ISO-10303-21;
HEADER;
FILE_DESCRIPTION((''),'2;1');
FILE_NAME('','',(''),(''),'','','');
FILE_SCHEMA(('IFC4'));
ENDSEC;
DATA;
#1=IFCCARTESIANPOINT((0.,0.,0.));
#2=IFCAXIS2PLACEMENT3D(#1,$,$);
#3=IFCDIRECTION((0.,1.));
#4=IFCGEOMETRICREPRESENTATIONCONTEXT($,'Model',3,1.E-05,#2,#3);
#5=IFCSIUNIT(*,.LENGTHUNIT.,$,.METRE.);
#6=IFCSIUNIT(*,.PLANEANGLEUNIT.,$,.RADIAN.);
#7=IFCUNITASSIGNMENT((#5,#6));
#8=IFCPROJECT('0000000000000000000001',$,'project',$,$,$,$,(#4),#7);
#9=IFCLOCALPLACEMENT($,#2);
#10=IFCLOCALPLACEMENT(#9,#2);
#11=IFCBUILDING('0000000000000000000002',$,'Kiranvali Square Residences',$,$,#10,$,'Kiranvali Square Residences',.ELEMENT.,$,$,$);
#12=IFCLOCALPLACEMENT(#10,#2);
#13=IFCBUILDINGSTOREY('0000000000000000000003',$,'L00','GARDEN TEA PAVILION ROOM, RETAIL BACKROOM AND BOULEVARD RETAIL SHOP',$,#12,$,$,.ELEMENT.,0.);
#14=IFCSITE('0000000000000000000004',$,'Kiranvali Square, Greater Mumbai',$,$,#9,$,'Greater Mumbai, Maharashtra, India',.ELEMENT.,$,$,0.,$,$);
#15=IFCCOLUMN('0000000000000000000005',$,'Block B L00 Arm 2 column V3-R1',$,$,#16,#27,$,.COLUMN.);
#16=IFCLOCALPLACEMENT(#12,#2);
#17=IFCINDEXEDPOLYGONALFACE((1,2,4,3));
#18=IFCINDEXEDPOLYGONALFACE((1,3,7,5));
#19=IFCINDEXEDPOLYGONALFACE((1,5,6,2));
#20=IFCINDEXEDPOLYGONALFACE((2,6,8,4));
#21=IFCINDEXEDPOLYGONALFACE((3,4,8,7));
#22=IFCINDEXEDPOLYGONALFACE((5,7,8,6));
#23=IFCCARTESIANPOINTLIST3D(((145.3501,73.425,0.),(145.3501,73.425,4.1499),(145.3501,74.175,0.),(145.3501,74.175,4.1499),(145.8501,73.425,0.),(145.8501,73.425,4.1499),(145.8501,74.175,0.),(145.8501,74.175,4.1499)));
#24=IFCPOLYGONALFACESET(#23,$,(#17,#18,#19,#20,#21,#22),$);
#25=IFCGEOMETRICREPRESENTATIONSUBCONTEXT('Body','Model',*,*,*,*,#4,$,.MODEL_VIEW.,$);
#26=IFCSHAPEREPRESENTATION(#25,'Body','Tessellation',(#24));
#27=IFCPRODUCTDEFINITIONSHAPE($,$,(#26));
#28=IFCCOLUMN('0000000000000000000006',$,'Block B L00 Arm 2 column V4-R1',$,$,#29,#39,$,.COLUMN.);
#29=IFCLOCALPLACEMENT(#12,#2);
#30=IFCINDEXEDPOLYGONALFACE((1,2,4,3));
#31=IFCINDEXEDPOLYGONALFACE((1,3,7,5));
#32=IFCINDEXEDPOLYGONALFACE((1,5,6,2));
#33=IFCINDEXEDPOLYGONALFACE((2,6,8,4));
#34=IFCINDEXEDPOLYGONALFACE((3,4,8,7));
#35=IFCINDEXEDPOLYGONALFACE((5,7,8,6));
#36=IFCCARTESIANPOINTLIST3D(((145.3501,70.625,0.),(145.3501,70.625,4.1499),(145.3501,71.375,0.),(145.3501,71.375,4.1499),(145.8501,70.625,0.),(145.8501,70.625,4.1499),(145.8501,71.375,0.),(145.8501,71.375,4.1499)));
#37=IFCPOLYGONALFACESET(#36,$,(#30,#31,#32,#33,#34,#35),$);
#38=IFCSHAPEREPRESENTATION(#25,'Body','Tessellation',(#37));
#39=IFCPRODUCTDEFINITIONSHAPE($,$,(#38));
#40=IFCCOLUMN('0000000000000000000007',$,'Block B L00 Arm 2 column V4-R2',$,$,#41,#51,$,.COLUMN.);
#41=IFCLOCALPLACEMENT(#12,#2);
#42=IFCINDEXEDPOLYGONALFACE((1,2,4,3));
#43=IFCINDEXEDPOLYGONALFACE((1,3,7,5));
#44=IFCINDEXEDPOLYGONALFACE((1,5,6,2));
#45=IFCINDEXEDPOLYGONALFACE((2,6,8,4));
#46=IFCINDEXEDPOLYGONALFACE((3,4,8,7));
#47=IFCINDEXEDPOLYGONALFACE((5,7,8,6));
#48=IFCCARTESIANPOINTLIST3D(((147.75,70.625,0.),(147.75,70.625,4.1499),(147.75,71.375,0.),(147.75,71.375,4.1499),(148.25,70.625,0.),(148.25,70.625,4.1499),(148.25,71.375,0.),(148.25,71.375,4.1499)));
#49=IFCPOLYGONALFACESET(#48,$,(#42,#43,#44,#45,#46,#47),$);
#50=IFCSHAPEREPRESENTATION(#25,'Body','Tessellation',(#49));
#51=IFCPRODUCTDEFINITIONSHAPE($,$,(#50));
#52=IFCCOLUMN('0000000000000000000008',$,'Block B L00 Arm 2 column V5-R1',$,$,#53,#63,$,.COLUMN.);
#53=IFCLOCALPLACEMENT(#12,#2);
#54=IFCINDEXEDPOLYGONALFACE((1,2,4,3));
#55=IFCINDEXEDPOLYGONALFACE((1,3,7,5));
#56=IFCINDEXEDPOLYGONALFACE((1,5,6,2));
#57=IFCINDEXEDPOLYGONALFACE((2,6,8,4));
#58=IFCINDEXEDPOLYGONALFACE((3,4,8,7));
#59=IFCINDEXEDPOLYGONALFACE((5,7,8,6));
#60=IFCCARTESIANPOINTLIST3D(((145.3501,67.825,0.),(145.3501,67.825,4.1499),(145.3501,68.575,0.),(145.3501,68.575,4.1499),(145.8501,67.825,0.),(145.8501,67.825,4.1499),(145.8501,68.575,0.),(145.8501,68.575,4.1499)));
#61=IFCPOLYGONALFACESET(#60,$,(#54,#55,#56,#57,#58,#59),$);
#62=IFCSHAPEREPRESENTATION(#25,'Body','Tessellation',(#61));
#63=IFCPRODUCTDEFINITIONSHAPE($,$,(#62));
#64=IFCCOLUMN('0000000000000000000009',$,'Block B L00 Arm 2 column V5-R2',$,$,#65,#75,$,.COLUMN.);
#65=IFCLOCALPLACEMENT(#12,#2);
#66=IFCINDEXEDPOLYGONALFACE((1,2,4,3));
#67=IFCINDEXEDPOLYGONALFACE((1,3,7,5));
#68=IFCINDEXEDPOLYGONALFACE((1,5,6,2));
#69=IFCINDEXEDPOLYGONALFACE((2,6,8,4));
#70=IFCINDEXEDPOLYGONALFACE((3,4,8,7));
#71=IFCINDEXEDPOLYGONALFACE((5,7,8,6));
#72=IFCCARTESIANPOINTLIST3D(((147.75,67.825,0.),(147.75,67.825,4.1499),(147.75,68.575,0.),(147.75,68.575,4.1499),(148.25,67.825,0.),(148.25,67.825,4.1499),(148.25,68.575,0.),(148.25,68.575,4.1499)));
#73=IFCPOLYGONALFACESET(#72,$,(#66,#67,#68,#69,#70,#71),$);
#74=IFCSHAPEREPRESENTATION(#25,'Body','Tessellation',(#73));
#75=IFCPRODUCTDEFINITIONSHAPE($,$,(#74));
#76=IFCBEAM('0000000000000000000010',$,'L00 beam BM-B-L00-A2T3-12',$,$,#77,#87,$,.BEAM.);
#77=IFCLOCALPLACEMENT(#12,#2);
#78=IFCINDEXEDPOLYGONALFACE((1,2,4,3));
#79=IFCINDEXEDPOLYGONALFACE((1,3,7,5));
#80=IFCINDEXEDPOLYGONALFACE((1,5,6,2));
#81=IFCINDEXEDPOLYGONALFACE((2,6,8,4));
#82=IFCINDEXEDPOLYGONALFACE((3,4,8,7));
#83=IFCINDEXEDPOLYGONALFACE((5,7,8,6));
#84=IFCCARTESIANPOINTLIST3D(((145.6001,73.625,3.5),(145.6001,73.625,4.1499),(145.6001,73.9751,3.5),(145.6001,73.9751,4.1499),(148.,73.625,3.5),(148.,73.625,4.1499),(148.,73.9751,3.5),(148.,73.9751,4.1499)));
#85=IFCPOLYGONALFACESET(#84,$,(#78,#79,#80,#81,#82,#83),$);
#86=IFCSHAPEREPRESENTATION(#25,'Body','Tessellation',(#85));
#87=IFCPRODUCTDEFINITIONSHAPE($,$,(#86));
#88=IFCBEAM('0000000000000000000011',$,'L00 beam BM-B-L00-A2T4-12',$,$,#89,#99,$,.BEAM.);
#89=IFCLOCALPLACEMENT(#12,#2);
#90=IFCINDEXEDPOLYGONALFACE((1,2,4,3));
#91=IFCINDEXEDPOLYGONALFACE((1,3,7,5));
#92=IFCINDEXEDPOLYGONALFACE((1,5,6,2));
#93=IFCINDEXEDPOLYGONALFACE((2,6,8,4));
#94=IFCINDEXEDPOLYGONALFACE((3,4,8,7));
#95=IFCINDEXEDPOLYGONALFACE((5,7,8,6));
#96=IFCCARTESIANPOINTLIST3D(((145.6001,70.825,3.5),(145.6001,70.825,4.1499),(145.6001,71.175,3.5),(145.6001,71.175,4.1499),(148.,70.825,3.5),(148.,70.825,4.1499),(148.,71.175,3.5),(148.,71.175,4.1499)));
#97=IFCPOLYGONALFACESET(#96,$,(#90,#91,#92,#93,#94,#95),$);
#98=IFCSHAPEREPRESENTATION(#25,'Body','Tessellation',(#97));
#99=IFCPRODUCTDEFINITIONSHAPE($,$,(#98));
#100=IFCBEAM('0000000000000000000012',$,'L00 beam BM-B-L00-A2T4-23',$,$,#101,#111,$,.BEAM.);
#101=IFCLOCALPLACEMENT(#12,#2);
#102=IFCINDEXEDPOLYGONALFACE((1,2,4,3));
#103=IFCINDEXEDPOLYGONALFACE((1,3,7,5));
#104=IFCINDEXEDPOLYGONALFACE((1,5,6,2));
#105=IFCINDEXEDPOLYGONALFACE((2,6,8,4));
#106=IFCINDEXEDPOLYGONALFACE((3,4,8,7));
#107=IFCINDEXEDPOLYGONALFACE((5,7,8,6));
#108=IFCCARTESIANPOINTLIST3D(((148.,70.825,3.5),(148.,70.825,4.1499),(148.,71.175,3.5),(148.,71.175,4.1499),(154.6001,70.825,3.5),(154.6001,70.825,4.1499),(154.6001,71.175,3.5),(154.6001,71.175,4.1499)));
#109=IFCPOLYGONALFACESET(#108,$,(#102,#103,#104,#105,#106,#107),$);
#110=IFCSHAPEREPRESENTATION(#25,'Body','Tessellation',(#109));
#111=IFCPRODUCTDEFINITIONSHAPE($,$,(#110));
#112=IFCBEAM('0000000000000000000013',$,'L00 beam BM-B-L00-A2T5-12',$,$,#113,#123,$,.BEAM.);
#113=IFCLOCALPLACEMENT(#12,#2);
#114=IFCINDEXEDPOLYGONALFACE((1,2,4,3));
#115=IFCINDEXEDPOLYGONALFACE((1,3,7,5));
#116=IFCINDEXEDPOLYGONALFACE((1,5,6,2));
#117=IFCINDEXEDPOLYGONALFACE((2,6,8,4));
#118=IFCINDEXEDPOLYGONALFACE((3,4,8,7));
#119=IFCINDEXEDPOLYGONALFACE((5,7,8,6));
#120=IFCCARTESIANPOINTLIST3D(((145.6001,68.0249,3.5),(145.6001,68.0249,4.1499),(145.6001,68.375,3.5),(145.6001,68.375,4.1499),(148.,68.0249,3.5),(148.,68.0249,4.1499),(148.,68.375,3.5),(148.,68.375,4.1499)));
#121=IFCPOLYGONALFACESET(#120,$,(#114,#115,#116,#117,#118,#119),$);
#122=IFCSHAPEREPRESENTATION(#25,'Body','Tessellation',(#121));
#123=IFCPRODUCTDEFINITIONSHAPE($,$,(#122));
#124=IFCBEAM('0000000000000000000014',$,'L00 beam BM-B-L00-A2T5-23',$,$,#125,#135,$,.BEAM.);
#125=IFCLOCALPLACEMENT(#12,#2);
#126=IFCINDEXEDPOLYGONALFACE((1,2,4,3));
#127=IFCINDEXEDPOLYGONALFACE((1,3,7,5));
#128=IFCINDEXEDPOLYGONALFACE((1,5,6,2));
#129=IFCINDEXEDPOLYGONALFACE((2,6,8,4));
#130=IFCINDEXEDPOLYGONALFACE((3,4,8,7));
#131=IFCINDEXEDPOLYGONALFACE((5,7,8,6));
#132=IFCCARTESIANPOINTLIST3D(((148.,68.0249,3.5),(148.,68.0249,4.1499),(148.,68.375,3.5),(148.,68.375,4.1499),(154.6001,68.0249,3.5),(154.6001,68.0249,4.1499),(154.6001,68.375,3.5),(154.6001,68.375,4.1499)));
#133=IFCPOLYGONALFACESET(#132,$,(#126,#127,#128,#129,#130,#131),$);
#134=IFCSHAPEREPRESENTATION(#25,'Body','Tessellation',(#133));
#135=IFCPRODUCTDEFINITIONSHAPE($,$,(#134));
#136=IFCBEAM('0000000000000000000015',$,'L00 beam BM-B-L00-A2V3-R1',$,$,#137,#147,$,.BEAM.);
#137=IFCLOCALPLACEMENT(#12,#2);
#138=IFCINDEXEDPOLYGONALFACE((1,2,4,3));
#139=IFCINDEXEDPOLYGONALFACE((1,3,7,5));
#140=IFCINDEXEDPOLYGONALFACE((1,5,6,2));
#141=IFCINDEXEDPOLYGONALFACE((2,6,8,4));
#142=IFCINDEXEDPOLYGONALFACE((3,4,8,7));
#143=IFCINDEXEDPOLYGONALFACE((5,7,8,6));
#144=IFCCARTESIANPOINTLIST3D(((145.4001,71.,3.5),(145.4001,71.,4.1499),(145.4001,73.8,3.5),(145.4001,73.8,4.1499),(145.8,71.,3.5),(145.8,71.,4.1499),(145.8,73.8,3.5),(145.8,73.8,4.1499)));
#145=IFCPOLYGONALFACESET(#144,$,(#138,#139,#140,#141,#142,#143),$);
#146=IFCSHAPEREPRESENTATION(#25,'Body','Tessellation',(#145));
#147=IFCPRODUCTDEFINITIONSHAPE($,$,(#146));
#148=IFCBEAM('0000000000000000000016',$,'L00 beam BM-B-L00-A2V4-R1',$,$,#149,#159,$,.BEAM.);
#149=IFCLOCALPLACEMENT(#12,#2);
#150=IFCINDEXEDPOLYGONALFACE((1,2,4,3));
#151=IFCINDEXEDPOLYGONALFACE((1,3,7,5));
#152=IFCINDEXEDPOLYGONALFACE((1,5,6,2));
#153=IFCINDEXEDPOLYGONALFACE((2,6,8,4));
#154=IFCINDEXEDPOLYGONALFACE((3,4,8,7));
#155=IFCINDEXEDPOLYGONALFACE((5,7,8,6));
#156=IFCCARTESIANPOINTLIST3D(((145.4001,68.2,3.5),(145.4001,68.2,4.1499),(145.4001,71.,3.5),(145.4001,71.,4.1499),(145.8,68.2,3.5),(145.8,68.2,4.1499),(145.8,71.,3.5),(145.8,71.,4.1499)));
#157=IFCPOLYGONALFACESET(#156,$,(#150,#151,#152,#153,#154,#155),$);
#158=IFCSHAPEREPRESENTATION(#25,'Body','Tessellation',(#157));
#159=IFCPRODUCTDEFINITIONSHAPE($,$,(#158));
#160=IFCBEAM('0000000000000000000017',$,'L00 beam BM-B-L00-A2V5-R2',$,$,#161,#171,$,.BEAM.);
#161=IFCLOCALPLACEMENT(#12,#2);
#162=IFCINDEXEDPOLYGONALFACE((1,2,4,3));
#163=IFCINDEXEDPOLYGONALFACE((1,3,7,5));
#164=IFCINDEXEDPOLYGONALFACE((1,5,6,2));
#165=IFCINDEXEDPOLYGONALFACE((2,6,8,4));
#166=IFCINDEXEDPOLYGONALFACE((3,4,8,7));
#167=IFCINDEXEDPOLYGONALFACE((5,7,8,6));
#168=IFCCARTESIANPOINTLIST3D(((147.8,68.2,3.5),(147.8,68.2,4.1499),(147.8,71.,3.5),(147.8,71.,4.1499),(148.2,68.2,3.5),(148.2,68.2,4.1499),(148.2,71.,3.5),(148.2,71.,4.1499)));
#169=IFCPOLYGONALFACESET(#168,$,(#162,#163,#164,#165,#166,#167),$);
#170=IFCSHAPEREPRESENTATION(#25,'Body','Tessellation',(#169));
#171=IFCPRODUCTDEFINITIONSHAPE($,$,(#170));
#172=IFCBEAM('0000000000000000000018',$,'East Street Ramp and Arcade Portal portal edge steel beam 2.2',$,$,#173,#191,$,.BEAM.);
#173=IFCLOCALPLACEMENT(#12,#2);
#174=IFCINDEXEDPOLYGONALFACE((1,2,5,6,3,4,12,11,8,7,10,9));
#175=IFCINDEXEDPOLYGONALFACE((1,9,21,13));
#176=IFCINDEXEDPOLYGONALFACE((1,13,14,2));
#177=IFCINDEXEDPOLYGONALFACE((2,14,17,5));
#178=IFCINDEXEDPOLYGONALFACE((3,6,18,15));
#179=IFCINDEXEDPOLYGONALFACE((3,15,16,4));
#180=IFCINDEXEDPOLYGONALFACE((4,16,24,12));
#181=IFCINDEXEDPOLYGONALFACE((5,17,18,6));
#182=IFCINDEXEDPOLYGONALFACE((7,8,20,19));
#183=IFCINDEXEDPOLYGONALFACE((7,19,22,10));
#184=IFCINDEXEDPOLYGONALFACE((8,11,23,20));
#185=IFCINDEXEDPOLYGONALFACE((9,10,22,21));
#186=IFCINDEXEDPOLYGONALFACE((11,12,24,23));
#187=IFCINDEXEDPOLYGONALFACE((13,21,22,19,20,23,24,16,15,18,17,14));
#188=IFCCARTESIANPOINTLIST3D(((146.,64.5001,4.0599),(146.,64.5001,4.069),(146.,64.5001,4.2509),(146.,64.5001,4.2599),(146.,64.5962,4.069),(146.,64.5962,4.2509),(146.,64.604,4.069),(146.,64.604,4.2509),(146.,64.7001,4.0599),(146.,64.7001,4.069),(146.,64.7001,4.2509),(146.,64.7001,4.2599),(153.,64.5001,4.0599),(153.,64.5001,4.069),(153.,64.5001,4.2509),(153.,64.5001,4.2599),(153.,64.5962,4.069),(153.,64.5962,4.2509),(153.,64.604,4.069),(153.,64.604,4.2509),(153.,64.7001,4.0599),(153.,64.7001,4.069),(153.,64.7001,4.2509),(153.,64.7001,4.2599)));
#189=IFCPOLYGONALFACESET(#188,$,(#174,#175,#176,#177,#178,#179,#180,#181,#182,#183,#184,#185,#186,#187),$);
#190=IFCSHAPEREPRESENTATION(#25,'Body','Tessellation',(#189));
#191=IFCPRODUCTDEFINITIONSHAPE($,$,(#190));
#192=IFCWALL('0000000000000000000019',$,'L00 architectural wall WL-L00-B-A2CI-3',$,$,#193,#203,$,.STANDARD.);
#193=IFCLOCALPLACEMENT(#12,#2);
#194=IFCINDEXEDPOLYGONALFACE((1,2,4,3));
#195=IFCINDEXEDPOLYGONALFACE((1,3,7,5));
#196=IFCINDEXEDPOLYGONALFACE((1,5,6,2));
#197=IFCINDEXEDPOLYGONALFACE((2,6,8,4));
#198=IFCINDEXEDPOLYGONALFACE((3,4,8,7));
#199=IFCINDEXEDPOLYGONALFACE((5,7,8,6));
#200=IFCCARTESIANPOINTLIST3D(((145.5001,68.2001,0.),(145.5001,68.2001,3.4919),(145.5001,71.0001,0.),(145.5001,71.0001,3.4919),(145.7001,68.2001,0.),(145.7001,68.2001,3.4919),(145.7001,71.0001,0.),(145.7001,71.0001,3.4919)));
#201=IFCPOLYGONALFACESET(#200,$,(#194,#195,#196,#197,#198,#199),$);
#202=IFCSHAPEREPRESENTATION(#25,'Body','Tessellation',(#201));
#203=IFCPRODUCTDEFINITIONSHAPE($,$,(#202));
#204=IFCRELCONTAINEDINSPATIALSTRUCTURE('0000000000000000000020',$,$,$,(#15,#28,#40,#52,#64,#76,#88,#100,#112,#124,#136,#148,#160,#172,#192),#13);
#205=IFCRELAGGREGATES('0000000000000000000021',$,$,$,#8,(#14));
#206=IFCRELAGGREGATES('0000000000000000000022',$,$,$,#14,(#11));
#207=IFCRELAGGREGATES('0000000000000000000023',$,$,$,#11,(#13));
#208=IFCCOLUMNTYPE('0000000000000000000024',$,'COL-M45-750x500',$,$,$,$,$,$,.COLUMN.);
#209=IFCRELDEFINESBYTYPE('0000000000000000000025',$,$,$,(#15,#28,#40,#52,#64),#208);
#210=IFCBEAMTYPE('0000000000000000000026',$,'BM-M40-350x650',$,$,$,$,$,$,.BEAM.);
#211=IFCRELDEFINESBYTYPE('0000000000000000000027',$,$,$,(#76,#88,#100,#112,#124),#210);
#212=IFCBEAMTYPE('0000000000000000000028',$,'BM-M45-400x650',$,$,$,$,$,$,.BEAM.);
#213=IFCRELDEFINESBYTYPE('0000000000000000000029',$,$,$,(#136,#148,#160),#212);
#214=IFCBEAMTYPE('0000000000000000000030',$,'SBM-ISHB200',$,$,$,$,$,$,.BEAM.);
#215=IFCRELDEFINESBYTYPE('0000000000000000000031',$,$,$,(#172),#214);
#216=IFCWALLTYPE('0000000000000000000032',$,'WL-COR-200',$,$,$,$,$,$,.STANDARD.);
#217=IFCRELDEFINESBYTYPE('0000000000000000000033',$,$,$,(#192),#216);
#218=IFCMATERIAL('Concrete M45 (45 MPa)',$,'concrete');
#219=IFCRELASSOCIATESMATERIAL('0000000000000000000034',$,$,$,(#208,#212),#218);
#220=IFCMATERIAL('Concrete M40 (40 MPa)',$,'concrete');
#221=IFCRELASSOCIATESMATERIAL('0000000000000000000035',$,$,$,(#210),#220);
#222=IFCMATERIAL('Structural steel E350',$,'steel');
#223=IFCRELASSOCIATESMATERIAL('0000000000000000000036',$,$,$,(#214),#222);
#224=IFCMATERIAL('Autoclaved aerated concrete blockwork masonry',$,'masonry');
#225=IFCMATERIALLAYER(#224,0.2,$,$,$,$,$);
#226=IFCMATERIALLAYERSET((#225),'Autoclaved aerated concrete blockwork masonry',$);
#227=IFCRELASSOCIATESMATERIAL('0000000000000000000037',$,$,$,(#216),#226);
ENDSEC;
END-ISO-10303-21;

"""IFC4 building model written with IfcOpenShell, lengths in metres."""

from ifc_helpers import new_model, si_unit, direction, frame, frame_2d, origin, origin_2d, place, context, subcontext, project, spatial, rectangle, i_section, extrude, material, layer, layer_set, material_profile, profile_set, type_object, element, save


model = new_model("IFC4")

# Units and contexts
model_context = context("Model", 3, precision=1e-05, world=origin(), true_north=direction((0.0, 1.0)))
body_context = subcontext(model_context, "Body", "Model", "MODEL_VIEW")
ifc_project = project(units=[si_unit("LENGTHUNIT", "METRE"), si_unit("PLANEANGLEUNIT", "RADIAN")], contexts=[model_context])

# Site, building, storey
site_placement = place(None, origin())
site = spatial("IfcSite", under=ifc_project, at=site_placement, Name="Kiranvali Square, Greater Mumbai", LongName="Greater Mumbai, Maharashtra, India", CompositionType="ELEMENT", RefElevation=0.0)
building_placement = place(site_placement, origin())
building = spatial("IfcBuilding", under=site, at=building_placement, Name="Kiranvali Square Residences", LongName="Kiranvali Square Residences", CompositionType="ELEMENT")
storey_placement = place(building_placement, origin())
storey = spatial("IfcBuildingStorey", under=building, at=storey_placement, Name="L00", Description="GARDEN TEA PAVILION ROOM, RETAIL BACKROOM AND BOULEVARD RETAIL SHOP", CompositionType="ELEMENT", Elevation=0.0)

# Columns
ifc_material_1 = material(Name="Concrete M45 (45 MPa)", Category="concrete")
ifc_material_profile_1 = material_profile(ifc_material_1, rectangle(XDim=0.5, YDim=0.75, at=origin_2d()), Name="RC 750x500")
ifc_profile_set_1 = profile_set([ifc_material_profile_1], Name="Concrete M45 (45 MPa)")
column_type = type_object("IfcColumnType", Name="COL-M45-750x500", PredefinedType="COLUMN", material=ifc_profile_set_1)
for number, where, z_axis, x_axis, name in (
    (1, (145.6001, 73.8, 0.0), (0.0, 0.0, 1.0), (1.0, 0.0, 0.0), "Block B L00 Arm 2 column V3-R1"),
    (2, (145.6001, 71.0, 0.0), (0.0, 0.0, 1.0), (1.0, 0.0, 0.0), "Block B L00 Arm 2 column V4-R1"),
    (3, (148.0, 71.0, 0.0), (0.0, 0.0, 1.0), (1.0, 0.0, 0.0), "Block B L00 Arm 2 column V4-R2"),
    (4, (145.6001, 68.2, 0.0), (0.0, 0.0, 1.0), (1.0, 0.0, 0.0), "Block B L00 Arm 2 column V5-R1"),
    (5, (148.0, 68.2, 0.0), (0.0, 0.0, 1.0), (1.0, 0.0, 0.0), "Block B L00 Arm 2 column V5-R2"),
):
    element("IfcColumn", number, at=place(storey_placement, frame(where, z_axis=z_axis, x_axis=x_axis)), inside=storey, type_object=column_type, Name=name, PredefinedType="COLUMN", context=body_context, shape_type="SweptSolid", body=[
        extrude(rectangle(XDim=0.5, YDim=0.75, at=origin_2d()), origin(), (0.0, 0.0, 1.0), 4.1499),
    ])

# Beams
ifc_material_2 = material(Name="Concrete M40 (40 MPa)", Category="concrete")
ifc_material_profile_2 = material_profile(ifc_material_2, rectangle(XDim=0.3501, YDim=0.6499, at=origin_2d()), Name="RC 350x650")
ifc_profile_set_2 = profile_set([ifc_material_profile_2], Name="Concrete M40 (40 MPa)")
beam_type_1 = type_object("IfcBeamType", Name="BM-M40-350x650", PredefinedType="BEAM", material=ifc_profile_set_2)
for number, where, z_axis, x_axis, name in (
    (6, (145.6001, 73.8, 3.825), (1.0, 0.0, 0.0), (0.0, 1.0, 0.0), "L00 beam BM-B-L00-A2T3-12"),
    (7, (145.6001, 71.0, 3.825), (1.0, 0.0, 0.0), (0.0, 1.0, 0.0), "L00 beam BM-B-L00-A2T4-12"),
):
    element("IfcBeam", number, at=place(storey_placement, frame(where, z_axis=z_axis, x_axis=x_axis)), inside=storey, type_object=beam_type_1, Name=name, PredefinedType="BEAM", context=body_context, shape_type="SweptSolid", body=[
        extrude(rectangle(XDim=0.3501, YDim=0.6499, at=origin_2d()), origin(), (0.0, 0.0, 1.0), 2.3999),
    ])
beam_1_placement = place(storey_placement, frame((148.0, 71.0, 3.825), z_axis=(1.0, 0.0, 0.0), x_axis=(0.0, 1.0, 0.0)))
element("IfcBeam", 8, at=beam_1_placement, inside=storey, type_object=beam_type_1, Name="L00 beam BM-B-L00-A2T4-23", PredefinedType="BEAM", context=body_context, shape_type="SweptSolid", body=[
    extrude(rectangle(XDim=0.3501, YDim=0.6499, at=origin_2d()), origin(), (0.0, 0.0, 1.0), 6.6001),
])
beam_2_placement = place(storey_placement, frame((145.6001, 68.2, 3.825), z_axis=(1.0, 0.0, 0.0), x_axis=(0.0, 1.0, 0.0)))
element("IfcBeam", 9, at=beam_2_placement, inside=storey, type_object=beam_type_1, Name="L00 beam BM-B-L00-A2T5-12", PredefinedType="BEAM", context=body_context, shape_type="SweptSolid", body=[
    extrude(rectangle(XDim=0.3501, YDim=0.6499, at=origin_2d()), origin(), (0.0, 0.0, 1.0), 2.3999),
])
beam_3_placement = place(storey_placement, frame((148.0, 68.2, 3.825), z_axis=(1.0, 0.0, 0.0), x_axis=(0.0, 1.0, 0.0)))
element("IfcBeam", 10, at=beam_3_placement, inside=storey, type_object=beam_type_1, Name="L00 beam BM-B-L00-A2T5-23", PredefinedType="BEAM", context=body_context, shape_type="SweptSolid", body=[
    extrude(rectangle(XDim=0.3501, YDim=0.6499, at=origin_2d()), origin(), (0.0, 0.0, 1.0), 6.6001),
])
ifc_material_profile_3 = material_profile(ifc_material_1, rectangle(XDim=0.3999, YDim=0.6499, at=origin_2d()), Name="RC 400x650")
ifc_profile_set_3 = profile_set([ifc_material_profile_3], Name="Concrete M45 (45 MPa)")
beam_type_2 = type_object("IfcBeamType", Name="BM-M45-400x650", PredefinedType="BEAM", material=ifc_profile_set_3)
for number, where, z_axis, x_axis, name in (
    (11, (145.6001, 73.8, 3.825), (0.0, -1.0, 0.0), (1.0, 0.0, 0.0), "L00 beam BM-B-L00-A2V3-R1"),
    (12, (145.6001, 71.0, 3.825), (0.0, -1.0, 0.0), (1.0, 0.0, 0.0), "L00 beam BM-B-L00-A2V4-R1"),
    (13, (148.0, 71.0, 3.825), (0.0, -1.0, 0.0), (1.0, 0.0, 0.0), "L00 beam BM-B-L00-A2V5-R2"),
):
    element("IfcBeam", number, at=place(storey_placement, frame(where, z_axis=z_axis, x_axis=x_axis)), inside=storey, type_object=beam_type_2, Name=name, PredefinedType="BEAM", context=body_context, shape_type="SweptSolid", body=[
        extrude(rectangle(XDim=0.3999, YDim=0.6499, at=origin_2d()), origin(), (0.0, 0.0, 1.0), 2.8),
    ])
ifc_material_3 = material(Name="Structural steel E350", Category="steel")
ifc_material_profile_4 = material_profile(ifc_material_3, i_section(OverallWidth=0.2, OverallDepth=0.2, WebThickness=0.0078, FlangeThickness=0.009, at=origin_2d()), Name="ISHB 200")
ifc_profile_set_4 = profile_set([ifc_material_profile_4], Name="Structural steel E350")
beam_type_3 = type_object("IfcBeamType", Name="SBM-ISHB200", PredefinedType="BEAM", material=ifc_profile_set_4)
beam_4_placement = place(storey_placement, frame((146.0, 64.6001, 4.1599), z_axis=(1.0, 0.0, 0.0), x_axis=(0.0, 1.0, 0.0)))
element("IfcBeam", 14, at=beam_4_placement, inside=storey, type_object=beam_type_3, Name="East Street Ramp and Arcade Portal portal edge steel beam 2.2", PredefinedType="BEAM", context=body_context, shape_type="SweptSolid", body=[
    extrude(i_section(OverallWidth=0.2, OverallDepth=0.2, WebThickness=0.0078, FlangeThickness=0.009, at=origin_2d()), origin(), (0.0, 0.0, 1.0), 7.0),
])

# Shared definitions
ifc_material_4 = material(Name="Autoclaved aerated concrete blockwork masonry", Category="masonry")
ifc_layer_1 = layer(ifc_material_4, 0.2)
ifc_layer_set_1 = layer_set([ifc_layer_1], Name="Autoclaved aerated concrete blockwork masonry")
wall_type_1 = type_object("IfcWallType", Name="WL-COR-200", PredefinedType="STANDARD", material=ifc_layer_set_1)

# Wall
wall_1_placement = place(storey_placement, frame((145.6001, 71.0, 0.0), z_axis=(0.0, 0.0, 1.0), x_axis=(0.0, -1.0, 0.0)))
element("IfcWall", 15, at=wall_1_placement, inside=storey, type_object=wall_type_1, Name="L00 architectural wall WL-L00-B-A2CI-3", PredefinedType="STANDARD", context=body_context, shape_type="SweptSolid", body=[
    extrude(rectangle(XDim=2.8, YDim=0.2, at=frame_2d((1.3999, 0.0))), origin(), (0.0, 0.0, 1.0), 3.4919),
])

save(model, "model.ifc")
